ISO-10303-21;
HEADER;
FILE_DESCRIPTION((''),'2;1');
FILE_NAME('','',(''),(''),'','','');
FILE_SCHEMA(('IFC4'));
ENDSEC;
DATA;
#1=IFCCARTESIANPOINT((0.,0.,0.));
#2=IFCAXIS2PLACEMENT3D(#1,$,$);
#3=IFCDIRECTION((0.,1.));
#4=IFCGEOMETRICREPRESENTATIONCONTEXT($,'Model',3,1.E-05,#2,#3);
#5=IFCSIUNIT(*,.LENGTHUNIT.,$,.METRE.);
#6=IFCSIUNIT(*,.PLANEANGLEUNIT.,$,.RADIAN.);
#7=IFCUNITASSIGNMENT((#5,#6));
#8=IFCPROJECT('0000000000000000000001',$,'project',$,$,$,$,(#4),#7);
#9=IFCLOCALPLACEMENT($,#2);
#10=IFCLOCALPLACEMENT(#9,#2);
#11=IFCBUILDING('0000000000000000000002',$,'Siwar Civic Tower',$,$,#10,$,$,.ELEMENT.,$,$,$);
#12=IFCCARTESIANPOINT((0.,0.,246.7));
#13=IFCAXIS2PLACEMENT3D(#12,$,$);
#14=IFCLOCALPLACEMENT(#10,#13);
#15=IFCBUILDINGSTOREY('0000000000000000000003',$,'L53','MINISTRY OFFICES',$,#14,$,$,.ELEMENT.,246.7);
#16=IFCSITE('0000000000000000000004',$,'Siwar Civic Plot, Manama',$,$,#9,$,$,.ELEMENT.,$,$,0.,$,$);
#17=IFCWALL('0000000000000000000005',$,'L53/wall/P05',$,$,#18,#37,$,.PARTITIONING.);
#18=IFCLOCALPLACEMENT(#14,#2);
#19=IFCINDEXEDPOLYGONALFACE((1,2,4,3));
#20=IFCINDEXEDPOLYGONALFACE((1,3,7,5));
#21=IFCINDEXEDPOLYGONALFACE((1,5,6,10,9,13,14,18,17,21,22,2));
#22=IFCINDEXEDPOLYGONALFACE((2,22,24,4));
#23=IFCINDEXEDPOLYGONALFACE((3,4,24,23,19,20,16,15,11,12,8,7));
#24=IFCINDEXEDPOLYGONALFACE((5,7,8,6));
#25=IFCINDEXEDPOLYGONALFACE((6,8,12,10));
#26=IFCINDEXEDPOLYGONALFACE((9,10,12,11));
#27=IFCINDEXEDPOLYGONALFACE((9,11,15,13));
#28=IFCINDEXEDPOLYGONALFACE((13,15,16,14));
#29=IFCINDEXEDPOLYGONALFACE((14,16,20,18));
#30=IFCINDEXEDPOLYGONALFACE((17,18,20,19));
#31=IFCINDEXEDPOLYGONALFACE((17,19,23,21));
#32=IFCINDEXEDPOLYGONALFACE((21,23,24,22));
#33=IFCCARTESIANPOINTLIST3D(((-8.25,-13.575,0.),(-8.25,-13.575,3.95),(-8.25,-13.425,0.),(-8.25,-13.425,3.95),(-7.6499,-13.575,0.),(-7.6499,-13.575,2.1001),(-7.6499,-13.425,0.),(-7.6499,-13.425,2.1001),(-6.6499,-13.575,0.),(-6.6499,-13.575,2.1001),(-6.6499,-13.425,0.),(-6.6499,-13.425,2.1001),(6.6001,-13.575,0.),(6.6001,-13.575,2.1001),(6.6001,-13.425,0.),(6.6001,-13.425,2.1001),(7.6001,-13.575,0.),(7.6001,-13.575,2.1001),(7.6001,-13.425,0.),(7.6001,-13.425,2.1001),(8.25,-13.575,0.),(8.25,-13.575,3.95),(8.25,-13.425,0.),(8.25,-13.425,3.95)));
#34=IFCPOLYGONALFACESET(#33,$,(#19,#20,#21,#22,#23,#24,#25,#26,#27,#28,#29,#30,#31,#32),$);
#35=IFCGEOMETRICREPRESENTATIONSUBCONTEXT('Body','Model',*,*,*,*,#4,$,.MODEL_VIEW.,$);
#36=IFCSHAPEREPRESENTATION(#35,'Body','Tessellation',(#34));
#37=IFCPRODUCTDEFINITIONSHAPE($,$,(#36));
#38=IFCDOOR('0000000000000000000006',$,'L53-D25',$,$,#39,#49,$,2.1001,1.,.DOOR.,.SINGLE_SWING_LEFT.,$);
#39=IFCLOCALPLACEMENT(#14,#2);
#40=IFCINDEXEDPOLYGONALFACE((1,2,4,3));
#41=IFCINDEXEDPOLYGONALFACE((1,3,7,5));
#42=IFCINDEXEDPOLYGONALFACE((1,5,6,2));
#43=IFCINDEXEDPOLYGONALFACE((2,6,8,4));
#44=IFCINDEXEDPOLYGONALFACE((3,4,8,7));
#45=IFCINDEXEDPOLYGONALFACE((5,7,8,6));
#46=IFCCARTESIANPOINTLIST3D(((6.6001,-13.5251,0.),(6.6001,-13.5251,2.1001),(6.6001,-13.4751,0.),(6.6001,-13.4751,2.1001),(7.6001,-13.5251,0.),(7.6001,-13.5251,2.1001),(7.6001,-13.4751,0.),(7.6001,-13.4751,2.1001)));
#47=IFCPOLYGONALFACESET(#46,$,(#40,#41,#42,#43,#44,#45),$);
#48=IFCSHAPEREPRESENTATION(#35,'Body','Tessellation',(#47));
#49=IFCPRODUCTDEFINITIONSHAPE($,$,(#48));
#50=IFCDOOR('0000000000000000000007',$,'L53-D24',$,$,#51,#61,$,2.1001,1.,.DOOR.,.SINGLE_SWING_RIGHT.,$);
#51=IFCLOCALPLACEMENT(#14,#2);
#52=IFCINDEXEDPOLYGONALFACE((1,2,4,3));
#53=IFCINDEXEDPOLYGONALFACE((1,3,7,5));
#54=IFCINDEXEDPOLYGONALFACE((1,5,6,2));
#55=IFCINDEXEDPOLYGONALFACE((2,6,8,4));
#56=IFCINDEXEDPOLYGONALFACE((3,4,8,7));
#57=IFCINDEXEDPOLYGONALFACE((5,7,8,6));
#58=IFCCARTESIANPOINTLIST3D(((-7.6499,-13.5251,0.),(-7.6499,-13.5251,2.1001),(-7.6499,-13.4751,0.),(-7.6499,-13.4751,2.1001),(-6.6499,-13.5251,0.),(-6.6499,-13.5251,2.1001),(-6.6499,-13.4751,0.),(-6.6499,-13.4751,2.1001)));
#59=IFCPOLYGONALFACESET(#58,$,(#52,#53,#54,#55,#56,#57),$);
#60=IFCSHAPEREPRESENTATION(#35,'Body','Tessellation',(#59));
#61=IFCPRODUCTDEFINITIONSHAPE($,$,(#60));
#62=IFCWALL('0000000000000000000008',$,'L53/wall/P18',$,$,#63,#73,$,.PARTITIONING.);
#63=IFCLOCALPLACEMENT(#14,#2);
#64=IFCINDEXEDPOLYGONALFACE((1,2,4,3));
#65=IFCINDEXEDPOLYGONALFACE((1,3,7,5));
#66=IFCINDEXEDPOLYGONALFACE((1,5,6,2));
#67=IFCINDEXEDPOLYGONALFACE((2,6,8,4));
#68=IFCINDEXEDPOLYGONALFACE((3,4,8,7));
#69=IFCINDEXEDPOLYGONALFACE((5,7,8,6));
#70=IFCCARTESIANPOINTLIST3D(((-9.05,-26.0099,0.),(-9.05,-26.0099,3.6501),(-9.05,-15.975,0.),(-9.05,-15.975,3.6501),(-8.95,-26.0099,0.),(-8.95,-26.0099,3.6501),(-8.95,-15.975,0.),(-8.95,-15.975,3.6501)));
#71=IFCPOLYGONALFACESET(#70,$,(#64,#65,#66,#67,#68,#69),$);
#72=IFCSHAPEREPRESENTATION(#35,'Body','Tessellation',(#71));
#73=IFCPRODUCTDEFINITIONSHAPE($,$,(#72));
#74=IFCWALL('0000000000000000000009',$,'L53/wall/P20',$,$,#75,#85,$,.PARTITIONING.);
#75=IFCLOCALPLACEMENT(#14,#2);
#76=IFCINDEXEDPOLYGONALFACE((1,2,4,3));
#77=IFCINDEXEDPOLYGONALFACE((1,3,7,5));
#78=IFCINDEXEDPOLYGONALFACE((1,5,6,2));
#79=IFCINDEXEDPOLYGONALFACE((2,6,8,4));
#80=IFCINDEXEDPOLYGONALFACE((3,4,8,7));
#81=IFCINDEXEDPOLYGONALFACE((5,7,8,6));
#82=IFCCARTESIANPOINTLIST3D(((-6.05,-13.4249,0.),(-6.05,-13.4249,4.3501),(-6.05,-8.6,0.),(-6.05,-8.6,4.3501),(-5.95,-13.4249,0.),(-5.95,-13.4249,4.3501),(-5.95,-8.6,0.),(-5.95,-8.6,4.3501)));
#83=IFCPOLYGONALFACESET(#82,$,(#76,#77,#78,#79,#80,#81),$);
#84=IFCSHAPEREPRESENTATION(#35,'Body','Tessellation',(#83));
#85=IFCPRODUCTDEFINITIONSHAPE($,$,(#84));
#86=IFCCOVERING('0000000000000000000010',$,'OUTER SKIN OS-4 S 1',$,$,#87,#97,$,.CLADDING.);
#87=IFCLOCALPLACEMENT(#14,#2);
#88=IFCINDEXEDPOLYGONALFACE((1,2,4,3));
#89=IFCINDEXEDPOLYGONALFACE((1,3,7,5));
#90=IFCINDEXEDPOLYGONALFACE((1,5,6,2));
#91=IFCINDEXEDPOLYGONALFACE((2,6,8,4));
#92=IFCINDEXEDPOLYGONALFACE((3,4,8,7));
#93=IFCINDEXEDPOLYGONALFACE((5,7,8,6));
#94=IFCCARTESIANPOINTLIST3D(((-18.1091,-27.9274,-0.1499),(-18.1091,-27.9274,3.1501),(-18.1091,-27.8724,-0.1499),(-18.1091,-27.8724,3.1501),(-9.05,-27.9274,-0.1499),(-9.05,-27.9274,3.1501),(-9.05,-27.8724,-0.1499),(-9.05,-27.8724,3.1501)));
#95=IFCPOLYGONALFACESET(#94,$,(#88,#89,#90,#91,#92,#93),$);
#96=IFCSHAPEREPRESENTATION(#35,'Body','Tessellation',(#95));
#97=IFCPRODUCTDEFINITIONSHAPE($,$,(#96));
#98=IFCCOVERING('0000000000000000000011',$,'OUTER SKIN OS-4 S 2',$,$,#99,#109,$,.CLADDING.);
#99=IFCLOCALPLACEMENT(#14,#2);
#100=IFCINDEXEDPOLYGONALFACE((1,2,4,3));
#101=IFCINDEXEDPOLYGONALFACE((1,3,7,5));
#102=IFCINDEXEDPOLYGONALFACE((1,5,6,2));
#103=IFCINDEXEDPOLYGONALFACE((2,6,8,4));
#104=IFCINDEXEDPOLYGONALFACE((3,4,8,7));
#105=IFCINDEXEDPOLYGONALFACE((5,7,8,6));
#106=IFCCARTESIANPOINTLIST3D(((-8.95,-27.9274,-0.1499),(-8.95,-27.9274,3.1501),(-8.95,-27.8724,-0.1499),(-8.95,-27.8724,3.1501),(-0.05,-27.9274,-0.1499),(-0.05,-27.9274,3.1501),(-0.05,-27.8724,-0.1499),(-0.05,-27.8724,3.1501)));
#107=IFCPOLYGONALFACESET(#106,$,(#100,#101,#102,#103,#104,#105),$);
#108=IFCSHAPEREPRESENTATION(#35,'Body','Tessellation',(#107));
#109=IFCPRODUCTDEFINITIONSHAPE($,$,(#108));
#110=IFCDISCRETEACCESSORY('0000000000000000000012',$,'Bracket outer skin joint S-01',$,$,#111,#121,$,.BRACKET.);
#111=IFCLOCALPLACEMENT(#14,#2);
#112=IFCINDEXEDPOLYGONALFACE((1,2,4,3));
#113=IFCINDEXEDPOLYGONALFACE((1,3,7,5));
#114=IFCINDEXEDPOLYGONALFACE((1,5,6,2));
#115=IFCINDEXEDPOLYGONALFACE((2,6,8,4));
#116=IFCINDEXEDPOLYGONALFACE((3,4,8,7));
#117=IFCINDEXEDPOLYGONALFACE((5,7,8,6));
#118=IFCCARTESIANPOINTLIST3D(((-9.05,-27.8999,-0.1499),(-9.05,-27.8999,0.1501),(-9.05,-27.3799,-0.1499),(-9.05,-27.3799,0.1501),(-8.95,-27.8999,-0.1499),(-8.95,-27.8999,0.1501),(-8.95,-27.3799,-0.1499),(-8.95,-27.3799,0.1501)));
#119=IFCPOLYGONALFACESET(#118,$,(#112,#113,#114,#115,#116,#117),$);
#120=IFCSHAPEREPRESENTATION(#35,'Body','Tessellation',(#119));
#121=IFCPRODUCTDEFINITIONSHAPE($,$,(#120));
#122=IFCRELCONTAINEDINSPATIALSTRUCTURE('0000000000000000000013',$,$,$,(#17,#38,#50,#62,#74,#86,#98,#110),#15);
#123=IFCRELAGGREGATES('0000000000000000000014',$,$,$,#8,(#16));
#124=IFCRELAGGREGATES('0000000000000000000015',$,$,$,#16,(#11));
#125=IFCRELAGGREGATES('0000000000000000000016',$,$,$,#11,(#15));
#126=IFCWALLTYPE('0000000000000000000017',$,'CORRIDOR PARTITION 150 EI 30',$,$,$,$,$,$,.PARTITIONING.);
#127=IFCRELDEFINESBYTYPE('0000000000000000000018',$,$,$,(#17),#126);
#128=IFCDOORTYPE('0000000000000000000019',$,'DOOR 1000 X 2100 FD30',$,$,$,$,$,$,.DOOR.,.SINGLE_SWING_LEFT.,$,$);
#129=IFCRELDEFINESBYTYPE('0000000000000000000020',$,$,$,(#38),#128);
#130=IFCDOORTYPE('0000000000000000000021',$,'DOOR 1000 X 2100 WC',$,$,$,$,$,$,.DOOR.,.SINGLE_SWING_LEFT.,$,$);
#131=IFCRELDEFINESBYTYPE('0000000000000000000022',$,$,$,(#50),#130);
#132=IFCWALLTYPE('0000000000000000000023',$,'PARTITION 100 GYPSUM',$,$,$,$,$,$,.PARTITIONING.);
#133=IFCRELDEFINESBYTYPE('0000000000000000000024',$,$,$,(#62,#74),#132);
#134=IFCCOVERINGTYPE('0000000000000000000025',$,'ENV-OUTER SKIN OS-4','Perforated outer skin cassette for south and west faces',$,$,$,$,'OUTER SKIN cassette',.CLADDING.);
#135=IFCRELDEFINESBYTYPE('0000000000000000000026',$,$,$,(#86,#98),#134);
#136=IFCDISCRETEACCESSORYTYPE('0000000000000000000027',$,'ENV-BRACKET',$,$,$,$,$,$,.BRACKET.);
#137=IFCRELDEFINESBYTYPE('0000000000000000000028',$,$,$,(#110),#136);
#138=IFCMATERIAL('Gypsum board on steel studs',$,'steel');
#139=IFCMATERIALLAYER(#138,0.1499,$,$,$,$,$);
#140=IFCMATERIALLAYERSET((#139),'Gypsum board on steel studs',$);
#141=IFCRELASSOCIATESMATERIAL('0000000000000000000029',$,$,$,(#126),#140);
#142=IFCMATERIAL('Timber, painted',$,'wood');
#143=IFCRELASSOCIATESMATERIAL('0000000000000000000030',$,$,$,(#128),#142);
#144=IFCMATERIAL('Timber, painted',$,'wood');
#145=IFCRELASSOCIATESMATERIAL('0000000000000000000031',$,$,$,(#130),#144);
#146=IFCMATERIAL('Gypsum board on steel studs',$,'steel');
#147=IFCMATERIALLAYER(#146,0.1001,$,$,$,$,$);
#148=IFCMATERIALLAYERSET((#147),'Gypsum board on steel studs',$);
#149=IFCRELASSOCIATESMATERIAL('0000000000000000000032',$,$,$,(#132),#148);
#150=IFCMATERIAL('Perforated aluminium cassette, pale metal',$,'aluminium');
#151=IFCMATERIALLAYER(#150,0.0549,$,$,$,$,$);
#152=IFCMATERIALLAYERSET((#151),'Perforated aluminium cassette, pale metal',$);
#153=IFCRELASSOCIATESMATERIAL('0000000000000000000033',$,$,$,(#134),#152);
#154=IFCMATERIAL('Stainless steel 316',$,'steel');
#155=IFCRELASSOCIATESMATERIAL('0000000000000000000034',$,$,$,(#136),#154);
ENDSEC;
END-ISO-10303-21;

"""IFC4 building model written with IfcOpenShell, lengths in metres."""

from ifc_helpers import new_model, si_unit, direction, frame, frame_2d, origin, origin_2d, place, context, subcontext, project, spatial, rectangle, extrude, material, layer, layer_set, type_object, element, fill, save


model = new_model("IFC4")

# Units and contexts
model_context = context("Model", 3, precision=1e-05, world=origin(), true_north=direction((0.0, 1.0)))
body_context = subcontext(model_context, "Body", "Model", "MODEL_VIEW")
ifc_project = project(units=[si_unit("LENGTHUNIT", "METRE"), si_unit("PLANEANGLEUNIT", "RADIAN")], contexts=[model_context])

# Site, building, storey
site_placement = place(None, origin())
site = spatial("IfcSite", under=ifc_project, at=site_placement, Name="Siwar Civic Plot, Manama", CompositionType="ELEMENT", RefElevation=0.0)
building_placement = place(site_placement, origin())
building = spatial("IfcBuilding", under=site, at=building_placement, Name="Siwar Civic Tower", CompositionType="ELEMENT")
storey_placement = place(building_placement, frame((0.0, 0.0, 246.7)))
storey = spatial("IfcBuildingStorey", under=building, at=storey_placement, Name="L53", Description="MINISTRY OFFICES", CompositionType="ELEMENT", Elevation=246.7)

# Wall, openings, doors
ifc_material_1 = material(Name="Gypsum board on steel studs", Category="steel")
ifc_layer_1 = layer(ifc_material_1, 0.1499)
ifc_layer_set_1 = layer_set([ifc_layer_1], Name="Gypsum board on steel studs")
wall_type_1 = type_object("IfcWallType", Name="CORRIDOR PARTITION 150 EI 30", PredefinedType="PARTITIONING", material=ifc_layer_set_1)
wall_1_placement = place(storey_placement, frame((-8.25, -13.5, 0.0), z_axis=(0.0, 0.0, 1.0), x_axis=(1.0, 0.0, 0.0)))
wall_1 = element("IfcWall", 1, at=wall_1_placement, inside=storey, type_object=wall_type_1, Name="L53/wall/P05", PredefinedType="PARTITIONING", context=body_context, shape_type="SweptSolid", body=[
    extrude(rectangle(XDim=16.5, YDim=0.1499, at=frame_2d((8.25, 0.0))), origin(), (0.0, 0.0, 1.0), 3.95),
])
opening_1_placement = place(wall_1_placement, frame((0.6001, 0.0, 0.0)))
opening_1 = element("IfcOpeningElement", 2, at=opening_1_placement, cuts=wall_1, PredefinedType="OPENING", context=body_context, shape_type="SweptSolid", body=[
    extrude(rectangle(XDim=1.0, YDim=2.1001, at=frame_2d((0.5, 1.05))), frame((0.0, 0.085, 0.0), z_axis=(0.0, -1.0, 0.0), x_axis=(1.0, 0.0, 0.0)), (0.0, 0.0, 1.0), 0.1699),
])
opening_2_placement = place(wall_1_placement, frame((14.8501, 0.0, 0.0)))
opening_2 = element("IfcOpeningElement", 3, at=opening_2_placement, cuts=wall_1, PredefinedType="OPENING", context=body_context, shape_type="SweptSolid", body=[
    extrude(rectangle(XDim=1.0, YDim=2.1001, at=frame_2d((0.5, 1.05))), frame((0.0, 0.085, 0.0), z_axis=(0.0, -1.0, 0.0), x_axis=(1.0, 0.0, 0.0)), (0.0, 0.0, 1.0), 0.1699),
])
ifc_material_2 = material(Name="Timber, painted", Category="wood")
door_type_1 = type_object("IfcDoorType", Name="DOOR 1000 X 2100 FD30", OperationType="SINGLE_SWING_LEFT", PredefinedType="DOOR", material=ifc_material_2)
door_1_placement = place(opening_2_placement, origin())
door_1 = element("IfcDoor", 4, at=door_1_placement, inside=storey, type_object=door_type_1, Name="L53-D25", OperationType="SINGLE_SWING_LEFT", OverallHeight=2.1001, OverallWidth=1.0, PredefinedType="DOOR", context=body_context, shape_type="SweptSolid", body=[
    extrude(rectangle(XDim=1.0, YDim=2.1001, at=frame_2d((0.5, 1.05))), frame((0.0, 0.0249, 0.0), z_axis=(0.0, -1.0, 0.0), x_axis=(1.0, 0.0, 0.0)), (0.0, 0.0, 1.0), 0.05),
])
fill(opening_2, door_1)
ifc_material_3 = material(Name="Timber, painted", Category="wood")
door_type_2 = type_object("IfcDoorType", Name="DOOR 1000 X 2100 WC", OperationType="SINGLE_SWING_LEFT", PredefinedType="DOOR", material=ifc_material_3)
door_2_placement = place(opening_1_placement, origin())
door_2 = element("IfcDoor", 5, at=door_2_placement, inside=storey, type_object=door_type_2, Name="L53-D24", OperationType="SINGLE_SWING_RIGHT", OverallHeight=2.1001, OverallWidth=1.0, PredefinedType="DOOR", context=body_context, shape_type="SweptSolid", body=[
    extrude(rectangle(XDim=1.0, YDim=2.1001, at=frame_2d((0.5, 1.05))), frame((0.0, 0.0249, 0.0), z_axis=(0.0, -1.0, 0.0), x_axis=(1.0, 0.0, 0.0)), (0.0, 0.0, 1.0), 0.05),
])
fill(opening_1, door_2)

# Walls
ifc_material_4 = material(Name="Gypsum board on steel studs", Category="steel")
ifc_layer_2 = layer(ifc_material_4, 0.1001)
ifc_layer_set_2 = layer_set([ifc_layer_2], Name="Gypsum board on steel studs")
wall_type_2 = type_object("IfcWallType", Name="PARTITION 100 GYPSUM", PredefinedType="PARTITIONING", material=ifc_layer_set_2)
wall_2_placement = place(storey_placement, frame((-9.0, -26.01, 0.0), z_axis=(0.0, 0.0, 1.0), x_axis=(0.0, 1.0, 0.0)))
element("IfcWall", 6, at=wall_2_placement, inside=storey, type_object=wall_type_2, Name="L53/wall/P18", PredefinedType="PARTITIONING", context=body_context, shape_type="SweptSolid", body=[
    extrude(rectangle(XDim=10.0349, YDim=0.1001, at=frame_2d((5.0176, 0.0))), origin(), (0.0, 0.0, 1.0), 3.6501),
])
wall_3_placement = place(storey_placement, frame((-6.0, -13.425, 0.0), z_axis=(0.0, 0.0, 1.0), x_axis=(0.0, 1.0, 0.0)))
element("IfcWall", 7, at=wall_3_placement, inside=storey, type_object=wall_type_2, Name="L53/wall/P20", PredefinedType="PARTITIONING", context=body_context, shape_type="SweptSolid", body=[
    extrude(rectangle(XDim=4.825, YDim=0.1001, at=frame_2d((2.4126, 0.0))), origin(), (0.0, 0.0, 1.0), 4.3501),
])

# Coverings
ifc_material_5 = material(Name="Perforated aluminium cassette, pale metal", Category="aluminium")
ifc_layer_3 = layer(ifc_material_5, 0.0549)
ifc_layer_set_3 = layer_set([ifc_layer_3], Name="Perforated aluminium cassette, pale metal")
covering_type = type_object("IfcCoveringType", Name="ENV-OUTER SKIN OS-4", Description="Perforated outer skin cassette for south and west faces", ElementType="OUTER SKIN cassette", PredefinedType="CLADDING", material=ifc_layer_set_3)
covering_1_placement = place(storey_placement, frame((-13.5796, -27.8999, -0.1499), z_axis=(0.0, 0.0, 1.0), x_axis=(1.0, 0.0, 0.0)))
element("IfcCovering", 8, at=covering_1_placement, inside=storey, type_object=covering_type, Name="OUTER SKIN OS-4 S 1", PredefinedType="CLADDING", context=body_context, shape_type="SweptSolid", body=[
    extrude(rectangle(XDim=9.0591, YDim=0.0549, at=origin_2d()), origin(), (0.0, 0.0, 1.0), 3.3),
])
covering_2_placement = place(storey_placement, frame((-4.5, -27.8999, -0.1499), z_axis=(0.0, 0.0, 1.0), x_axis=(1.0, 0.0, 0.0)))
element("IfcCovering", 9, at=covering_2_placement, inside=storey, type_object=covering_type, Name="OUTER SKIN OS-4 S 2", PredefinedType="CLADDING", context=body_context, shape_type="SweptSolid", body=[
    extrude(rectangle(XDim=8.8999, YDim=0.0549, at=origin_2d()), origin(), (0.0, 0.0, 1.0), 3.3),
])

# Discrete accessory
ifc_material_6 = material(Name="Stainless steel 316", Category="steel")
discrete_accessory_type = type_object("IfcDiscreteAccessoryType", Name="ENV-BRACKET", PredefinedType="BRACKET", material=ifc_material_6)
discrete_accessory_placement = place(storey_placement, frame((-9.0, -27.6399, -0.1499), z_axis=(0.0, 0.0, 1.0), x_axis=(0.0, -1.0, 0.0)))
element("IfcDiscreteAccessory", 10, at=discrete_accessory_placement, inside=storey, type_object=discrete_accessory_type, Name="Bracket outer skin joint S-01", PredefinedType="BRACKET", context=body_context, shape_type="SweptSolid", body=[
    extrude(rectangle(XDim=0.52, YDim=0.1001, at=origin_2d()), origin(), (0.0, 0.0, 1.0), 0.3),
])

save(model, "model.ifc")
